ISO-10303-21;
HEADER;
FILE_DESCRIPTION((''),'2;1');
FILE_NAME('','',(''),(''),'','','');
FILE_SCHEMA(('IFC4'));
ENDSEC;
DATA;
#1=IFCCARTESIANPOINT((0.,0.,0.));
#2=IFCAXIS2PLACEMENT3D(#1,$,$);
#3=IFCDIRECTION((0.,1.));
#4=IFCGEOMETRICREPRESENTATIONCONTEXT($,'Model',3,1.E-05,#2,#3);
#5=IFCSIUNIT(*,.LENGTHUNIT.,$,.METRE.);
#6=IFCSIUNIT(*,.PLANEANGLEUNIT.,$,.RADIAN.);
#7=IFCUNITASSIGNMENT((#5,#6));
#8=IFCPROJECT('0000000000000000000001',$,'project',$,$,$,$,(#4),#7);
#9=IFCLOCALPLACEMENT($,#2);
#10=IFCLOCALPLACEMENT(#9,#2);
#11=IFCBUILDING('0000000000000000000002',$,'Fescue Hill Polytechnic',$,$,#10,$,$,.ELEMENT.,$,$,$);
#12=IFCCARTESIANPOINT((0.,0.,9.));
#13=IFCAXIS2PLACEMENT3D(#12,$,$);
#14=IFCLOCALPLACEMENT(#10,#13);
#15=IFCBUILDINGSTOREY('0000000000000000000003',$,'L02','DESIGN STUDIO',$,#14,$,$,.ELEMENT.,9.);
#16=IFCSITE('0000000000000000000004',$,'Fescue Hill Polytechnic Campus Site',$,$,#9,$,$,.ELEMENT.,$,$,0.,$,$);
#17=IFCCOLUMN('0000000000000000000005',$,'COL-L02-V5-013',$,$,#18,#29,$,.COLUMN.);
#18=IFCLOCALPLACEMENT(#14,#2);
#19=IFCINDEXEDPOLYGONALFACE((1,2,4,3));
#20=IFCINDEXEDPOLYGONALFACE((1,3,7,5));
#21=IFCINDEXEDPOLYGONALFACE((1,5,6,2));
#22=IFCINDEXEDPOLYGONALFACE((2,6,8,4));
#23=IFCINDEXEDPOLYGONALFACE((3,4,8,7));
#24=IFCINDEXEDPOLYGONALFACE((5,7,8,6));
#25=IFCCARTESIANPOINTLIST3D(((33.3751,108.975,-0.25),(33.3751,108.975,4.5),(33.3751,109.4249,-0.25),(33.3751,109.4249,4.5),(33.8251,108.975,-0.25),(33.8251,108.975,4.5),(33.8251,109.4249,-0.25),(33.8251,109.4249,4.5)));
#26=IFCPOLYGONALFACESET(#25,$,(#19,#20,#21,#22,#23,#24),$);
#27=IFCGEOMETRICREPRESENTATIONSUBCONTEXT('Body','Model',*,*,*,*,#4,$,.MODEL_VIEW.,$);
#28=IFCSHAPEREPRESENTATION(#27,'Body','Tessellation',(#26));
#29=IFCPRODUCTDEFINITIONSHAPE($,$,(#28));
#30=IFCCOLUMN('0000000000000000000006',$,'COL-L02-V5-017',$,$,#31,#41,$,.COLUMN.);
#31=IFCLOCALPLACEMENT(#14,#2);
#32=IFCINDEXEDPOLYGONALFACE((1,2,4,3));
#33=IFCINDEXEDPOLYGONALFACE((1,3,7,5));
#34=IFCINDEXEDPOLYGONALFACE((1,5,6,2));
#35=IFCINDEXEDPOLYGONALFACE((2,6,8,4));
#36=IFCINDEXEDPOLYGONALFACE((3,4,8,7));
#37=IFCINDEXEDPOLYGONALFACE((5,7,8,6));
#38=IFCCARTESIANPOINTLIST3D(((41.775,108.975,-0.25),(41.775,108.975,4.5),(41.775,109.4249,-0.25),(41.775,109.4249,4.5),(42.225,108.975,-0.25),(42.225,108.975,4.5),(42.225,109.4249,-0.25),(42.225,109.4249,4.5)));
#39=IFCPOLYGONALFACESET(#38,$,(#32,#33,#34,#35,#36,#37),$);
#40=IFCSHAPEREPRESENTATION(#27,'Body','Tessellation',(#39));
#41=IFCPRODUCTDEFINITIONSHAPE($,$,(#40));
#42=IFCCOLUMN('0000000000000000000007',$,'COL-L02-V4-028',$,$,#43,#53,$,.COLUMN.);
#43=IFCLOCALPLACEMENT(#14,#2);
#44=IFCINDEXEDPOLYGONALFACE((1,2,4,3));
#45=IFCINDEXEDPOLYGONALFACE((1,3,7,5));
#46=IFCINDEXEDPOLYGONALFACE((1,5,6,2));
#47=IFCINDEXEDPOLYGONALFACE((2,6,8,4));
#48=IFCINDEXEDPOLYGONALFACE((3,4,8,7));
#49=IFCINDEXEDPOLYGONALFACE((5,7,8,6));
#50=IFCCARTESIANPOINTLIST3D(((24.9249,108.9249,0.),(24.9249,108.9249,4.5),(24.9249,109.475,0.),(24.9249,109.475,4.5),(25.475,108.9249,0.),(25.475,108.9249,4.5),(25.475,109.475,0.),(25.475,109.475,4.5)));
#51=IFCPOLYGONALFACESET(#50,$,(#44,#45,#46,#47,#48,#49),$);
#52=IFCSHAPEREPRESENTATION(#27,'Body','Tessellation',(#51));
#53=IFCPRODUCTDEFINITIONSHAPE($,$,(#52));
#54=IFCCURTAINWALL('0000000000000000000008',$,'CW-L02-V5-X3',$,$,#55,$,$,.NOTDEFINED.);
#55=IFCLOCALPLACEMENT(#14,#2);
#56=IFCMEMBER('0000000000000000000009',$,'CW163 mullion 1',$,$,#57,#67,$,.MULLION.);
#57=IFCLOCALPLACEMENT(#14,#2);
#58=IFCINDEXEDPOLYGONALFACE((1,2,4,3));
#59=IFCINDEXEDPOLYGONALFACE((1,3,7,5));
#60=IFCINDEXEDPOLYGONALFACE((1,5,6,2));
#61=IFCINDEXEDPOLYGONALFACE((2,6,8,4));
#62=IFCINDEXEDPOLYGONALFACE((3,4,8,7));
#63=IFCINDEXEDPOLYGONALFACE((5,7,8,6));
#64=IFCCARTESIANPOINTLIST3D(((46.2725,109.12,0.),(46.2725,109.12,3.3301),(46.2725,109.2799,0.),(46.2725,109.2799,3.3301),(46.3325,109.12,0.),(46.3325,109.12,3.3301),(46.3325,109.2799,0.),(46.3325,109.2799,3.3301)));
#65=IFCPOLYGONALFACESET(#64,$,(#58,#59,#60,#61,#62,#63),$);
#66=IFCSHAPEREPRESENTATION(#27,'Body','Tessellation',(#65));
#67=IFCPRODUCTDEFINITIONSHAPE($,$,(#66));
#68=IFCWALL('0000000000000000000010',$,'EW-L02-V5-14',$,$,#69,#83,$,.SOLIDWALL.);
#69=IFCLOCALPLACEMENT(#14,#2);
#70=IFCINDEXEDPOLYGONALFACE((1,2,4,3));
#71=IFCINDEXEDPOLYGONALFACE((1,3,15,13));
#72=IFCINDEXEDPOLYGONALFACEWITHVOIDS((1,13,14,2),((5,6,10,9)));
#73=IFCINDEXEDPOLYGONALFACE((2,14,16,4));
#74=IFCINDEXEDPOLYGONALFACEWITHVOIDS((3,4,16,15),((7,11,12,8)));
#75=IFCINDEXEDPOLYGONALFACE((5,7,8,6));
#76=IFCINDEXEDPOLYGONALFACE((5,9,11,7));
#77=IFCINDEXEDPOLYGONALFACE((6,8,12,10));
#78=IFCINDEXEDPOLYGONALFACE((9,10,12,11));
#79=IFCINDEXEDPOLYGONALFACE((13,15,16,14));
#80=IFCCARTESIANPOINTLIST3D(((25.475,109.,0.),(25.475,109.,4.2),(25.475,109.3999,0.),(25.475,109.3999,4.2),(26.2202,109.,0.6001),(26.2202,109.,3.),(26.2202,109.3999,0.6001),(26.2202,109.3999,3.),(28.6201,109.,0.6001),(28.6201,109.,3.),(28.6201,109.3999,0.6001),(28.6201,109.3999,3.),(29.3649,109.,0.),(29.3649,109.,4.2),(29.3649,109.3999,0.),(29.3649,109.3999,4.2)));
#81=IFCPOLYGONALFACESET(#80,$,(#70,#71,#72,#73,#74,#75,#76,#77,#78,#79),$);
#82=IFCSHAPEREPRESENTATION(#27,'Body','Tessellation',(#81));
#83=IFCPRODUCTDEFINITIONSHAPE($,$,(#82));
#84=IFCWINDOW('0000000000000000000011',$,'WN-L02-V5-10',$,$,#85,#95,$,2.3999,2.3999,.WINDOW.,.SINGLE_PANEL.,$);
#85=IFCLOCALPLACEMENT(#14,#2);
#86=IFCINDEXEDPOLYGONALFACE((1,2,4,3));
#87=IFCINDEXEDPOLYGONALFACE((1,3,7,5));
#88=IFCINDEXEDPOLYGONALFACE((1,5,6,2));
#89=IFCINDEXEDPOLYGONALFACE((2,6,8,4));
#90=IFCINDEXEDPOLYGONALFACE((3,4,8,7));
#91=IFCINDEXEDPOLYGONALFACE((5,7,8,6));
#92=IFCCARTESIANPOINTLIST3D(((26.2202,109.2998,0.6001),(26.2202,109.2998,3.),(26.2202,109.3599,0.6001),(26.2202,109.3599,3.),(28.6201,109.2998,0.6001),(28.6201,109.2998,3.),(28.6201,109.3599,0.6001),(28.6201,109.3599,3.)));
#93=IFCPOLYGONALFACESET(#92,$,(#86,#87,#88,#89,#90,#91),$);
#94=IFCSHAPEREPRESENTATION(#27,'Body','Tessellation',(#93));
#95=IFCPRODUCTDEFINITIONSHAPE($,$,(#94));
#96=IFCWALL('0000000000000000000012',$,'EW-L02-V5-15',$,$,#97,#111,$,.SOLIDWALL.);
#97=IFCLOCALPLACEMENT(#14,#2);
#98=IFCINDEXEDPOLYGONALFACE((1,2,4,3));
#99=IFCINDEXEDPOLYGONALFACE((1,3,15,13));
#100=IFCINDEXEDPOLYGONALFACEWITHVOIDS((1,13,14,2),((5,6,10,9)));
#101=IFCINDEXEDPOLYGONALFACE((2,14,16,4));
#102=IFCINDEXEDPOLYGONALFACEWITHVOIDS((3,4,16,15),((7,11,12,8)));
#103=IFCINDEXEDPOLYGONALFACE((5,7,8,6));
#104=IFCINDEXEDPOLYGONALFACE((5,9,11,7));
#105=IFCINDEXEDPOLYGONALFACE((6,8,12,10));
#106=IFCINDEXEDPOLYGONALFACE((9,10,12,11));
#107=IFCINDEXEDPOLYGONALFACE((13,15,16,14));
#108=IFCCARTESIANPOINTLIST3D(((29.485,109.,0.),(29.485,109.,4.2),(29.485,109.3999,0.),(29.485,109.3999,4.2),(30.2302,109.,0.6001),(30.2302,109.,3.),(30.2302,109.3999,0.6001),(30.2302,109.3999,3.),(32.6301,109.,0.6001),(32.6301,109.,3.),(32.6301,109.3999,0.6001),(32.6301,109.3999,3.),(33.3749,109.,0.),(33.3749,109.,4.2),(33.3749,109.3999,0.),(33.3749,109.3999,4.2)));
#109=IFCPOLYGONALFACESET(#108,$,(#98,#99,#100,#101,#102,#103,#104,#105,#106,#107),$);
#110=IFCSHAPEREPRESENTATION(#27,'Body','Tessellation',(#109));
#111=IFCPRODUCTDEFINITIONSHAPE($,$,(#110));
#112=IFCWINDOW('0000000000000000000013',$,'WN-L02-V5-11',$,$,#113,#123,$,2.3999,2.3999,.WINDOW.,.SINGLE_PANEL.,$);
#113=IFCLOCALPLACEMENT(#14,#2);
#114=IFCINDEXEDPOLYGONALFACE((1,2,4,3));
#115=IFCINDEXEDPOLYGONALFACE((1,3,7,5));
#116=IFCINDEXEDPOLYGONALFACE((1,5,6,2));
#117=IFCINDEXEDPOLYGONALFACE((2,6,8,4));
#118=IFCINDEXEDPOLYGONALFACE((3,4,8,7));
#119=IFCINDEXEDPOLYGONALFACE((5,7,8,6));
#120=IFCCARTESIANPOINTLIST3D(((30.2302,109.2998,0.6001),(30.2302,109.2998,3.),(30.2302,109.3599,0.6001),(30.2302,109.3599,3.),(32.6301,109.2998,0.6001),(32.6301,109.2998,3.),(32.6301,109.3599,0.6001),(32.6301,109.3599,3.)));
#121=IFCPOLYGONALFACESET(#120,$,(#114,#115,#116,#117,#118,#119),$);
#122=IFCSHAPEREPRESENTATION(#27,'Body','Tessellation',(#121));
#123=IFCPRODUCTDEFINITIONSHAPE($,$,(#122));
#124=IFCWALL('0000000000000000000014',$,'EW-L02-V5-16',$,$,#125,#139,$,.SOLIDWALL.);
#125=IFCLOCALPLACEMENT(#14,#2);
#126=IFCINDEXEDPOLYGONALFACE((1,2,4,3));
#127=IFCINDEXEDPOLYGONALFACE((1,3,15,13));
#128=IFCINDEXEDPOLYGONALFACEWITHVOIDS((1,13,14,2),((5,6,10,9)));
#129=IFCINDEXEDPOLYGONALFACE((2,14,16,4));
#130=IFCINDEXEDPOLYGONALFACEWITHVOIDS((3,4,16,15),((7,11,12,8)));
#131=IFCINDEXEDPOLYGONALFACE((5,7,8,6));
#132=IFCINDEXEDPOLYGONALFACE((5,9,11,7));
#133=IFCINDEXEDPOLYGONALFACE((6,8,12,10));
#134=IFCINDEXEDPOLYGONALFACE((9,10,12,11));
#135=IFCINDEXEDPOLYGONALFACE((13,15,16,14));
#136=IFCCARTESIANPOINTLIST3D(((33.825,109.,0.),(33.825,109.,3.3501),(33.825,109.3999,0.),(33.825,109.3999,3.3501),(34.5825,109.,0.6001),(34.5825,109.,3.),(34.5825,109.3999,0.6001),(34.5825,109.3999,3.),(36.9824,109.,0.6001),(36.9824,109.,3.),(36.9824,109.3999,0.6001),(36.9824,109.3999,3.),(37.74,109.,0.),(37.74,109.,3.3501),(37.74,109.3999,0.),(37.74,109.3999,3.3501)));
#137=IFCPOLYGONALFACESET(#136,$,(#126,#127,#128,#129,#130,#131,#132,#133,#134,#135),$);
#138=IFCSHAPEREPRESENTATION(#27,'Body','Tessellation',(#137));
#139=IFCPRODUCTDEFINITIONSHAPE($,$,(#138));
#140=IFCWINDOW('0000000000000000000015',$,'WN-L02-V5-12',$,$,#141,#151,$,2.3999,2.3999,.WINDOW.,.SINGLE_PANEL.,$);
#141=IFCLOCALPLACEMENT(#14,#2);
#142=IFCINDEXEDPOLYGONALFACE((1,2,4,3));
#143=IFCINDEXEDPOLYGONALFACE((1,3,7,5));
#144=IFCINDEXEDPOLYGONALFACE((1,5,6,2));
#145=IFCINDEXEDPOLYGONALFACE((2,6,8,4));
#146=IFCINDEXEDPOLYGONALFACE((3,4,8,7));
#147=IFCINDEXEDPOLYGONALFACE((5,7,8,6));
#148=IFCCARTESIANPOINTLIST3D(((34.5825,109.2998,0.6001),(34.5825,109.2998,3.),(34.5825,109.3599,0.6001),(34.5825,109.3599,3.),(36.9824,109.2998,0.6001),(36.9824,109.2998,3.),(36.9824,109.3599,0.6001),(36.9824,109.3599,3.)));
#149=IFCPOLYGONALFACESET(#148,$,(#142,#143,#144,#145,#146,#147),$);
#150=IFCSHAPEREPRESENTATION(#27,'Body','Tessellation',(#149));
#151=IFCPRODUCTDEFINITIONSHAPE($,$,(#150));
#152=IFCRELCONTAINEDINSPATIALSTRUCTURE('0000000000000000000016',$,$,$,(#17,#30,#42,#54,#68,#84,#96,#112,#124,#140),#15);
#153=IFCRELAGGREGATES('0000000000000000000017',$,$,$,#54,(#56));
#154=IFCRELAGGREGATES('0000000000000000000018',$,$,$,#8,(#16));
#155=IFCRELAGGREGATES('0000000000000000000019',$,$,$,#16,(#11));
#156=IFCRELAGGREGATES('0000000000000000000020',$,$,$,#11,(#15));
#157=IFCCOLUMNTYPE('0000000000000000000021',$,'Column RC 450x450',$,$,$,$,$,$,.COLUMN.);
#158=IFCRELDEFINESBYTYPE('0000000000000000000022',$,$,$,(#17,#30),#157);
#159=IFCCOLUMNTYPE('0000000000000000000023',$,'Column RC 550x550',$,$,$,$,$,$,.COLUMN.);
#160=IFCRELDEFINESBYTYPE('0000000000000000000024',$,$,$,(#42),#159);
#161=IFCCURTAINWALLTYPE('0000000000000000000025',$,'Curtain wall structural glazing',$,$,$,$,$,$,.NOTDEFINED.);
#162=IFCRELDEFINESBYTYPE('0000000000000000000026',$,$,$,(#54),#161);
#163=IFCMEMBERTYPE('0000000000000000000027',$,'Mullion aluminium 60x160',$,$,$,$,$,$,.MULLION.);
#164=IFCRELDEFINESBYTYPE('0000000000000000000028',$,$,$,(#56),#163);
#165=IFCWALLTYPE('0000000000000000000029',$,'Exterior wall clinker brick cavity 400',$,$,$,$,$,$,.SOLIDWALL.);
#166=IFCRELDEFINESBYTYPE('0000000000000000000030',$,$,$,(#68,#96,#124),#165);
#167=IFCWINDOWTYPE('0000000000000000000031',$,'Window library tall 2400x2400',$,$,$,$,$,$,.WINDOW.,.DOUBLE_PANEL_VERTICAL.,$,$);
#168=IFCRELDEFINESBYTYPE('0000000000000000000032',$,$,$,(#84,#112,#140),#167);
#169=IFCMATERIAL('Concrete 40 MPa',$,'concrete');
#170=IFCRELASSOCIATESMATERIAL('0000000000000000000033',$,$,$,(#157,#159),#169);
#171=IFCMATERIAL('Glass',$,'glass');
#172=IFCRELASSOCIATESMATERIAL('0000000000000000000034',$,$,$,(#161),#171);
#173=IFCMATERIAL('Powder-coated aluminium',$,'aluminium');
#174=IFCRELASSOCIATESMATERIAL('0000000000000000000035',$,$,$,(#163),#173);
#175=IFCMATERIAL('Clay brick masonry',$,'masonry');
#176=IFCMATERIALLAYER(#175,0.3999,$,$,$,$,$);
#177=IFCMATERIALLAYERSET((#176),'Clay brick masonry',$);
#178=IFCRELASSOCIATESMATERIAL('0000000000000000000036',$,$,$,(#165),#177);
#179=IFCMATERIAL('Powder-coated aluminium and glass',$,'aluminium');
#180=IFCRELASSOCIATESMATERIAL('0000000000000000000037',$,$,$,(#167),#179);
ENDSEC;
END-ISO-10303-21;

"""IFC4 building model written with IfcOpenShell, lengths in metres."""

from ifc_helpers import new_model, si_unit, direction, frame, frame_2d, origin, origin_2d, place, context, subcontext, project, spatial, rectangle, extrude, material, layer, layer_set, material_profile, profile_set, type_object, element, fill, aggregate, save


model = new_model("IFC4")

# Units and contexts
model_context = context("Model", 3, precision=1e-05, world=origin(), true_north=direction((0.0, 1.0)))
body_context = subcontext(model_context, "Body", "Model", "MODEL_VIEW")
ifc_project = project(units=[si_unit("LENGTHUNIT", "METRE"), si_unit("PLANEANGLEUNIT", "RADIAN")], contexts=[model_context])

# Site, building, storey
site_placement = place(None, origin())
site = spatial("IfcSite", under=ifc_project, at=site_placement, Name="Fescue Hill Polytechnic Campus Site", CompositionType="ELEMENT", RefElevation=0.0)
building_placement = place(site_placement, origin())
building = spatial("IfcBuilding", under=site, at=building_placement, Name="Fescue Hill Polytechnic", CompositionType="ELEMENT")
storey_placement = place(building_placement, frame((0.0, 0.0, 9.0)))
storey = spatial("IfcBuildingStorey", under=building, at=storey_placement, Name="L02", Description="DESIGN STUDIO", CompositionType="ELEMENT", Elevation=9.0)

# Columns
ifc_material_1 = material(Name="Concrete 40 MPa", Category="concrete")
ifc_material_profile_1 = material_profile(ifc_material_1, rectangle(XDim=0.45, YDim=0.45, at=origin_2d()), Name="RC 450x450")
ifc_profile_set_1 = profile_set([ifc_material_profile_1], Name="Concrete 40 MPa")
column_type_1 = type_object("IfcColumnType", Name="Column RC 450x450", PredefinedType="COLUMN", material=ifc_profile_set_1)
for number, where, z_axis, x_axis, name in (
    (1, (33.6001, 109.2, -0.25), (0.0, 0.0, 1.0), (1.0, 0.0, 0.0), "COL-L02-V5-013"),
    (2, (42.0, 109.2, -0.25), (0.0, 0.0, 1.0), (1.0, 0.0, 0.0), "COL-L02-V5-017"),
):
    element("IfcColumn", number, at=place(storey_placement, frame(where, z_axis=z_axis, x_axis=x_axis)), inside=storey, type_object=column_type_1, Name=name, PredefinedType="COLUMN", context=body_context, shape_type="SweptSolid", body=[
        extrude(rectangle(XDim=0.45, YDim=0.45, at=origin_2d()), origin(), (0.0, 0.0, 1.0), 4.75),
    ])
ifc_material_profile_2 = material_profile(ifc_material_1, rectangle(XDim=0.55, YDim=0.55, at=origin_2d()), Name="RC 550x550")
ifc_profile_set_2 = profile_set([ifc_material_profile_2], Name="Concrete 40 MPa")
column_type_2 = type_object("IfcColumnType", Name="Column RC 550x550", PredefinedType="COLUMN", material=ifc_profile_set_2)
column_placement = place(storey_placement, frame((25.2, 109.2, 0.0), z_axis=(0.0, 0.0, 1.0), x_axis=(1.0, 0.0, 0.0)))
element("IfcColumn", 3, at=column_placement, inside=storey, type_object=column_type_2, Name="COL-L02-V4-028", PredefinedType="COLUMN", context=body_context, shape_type="SweptSolid", body=[
    extrude(rectangle(XDim=0.55, YDim=0.55, at=origin_2d()), origin(), (0.0, 0.0, 1.0), 4.5),
])

# Curtain wall, member
ifc_material_2 = material(Name="Glass", Category="glass")
curtain_wall_type = type_object("IfcCurtainWallType", Name="Curtain wall structural glazing", PredefinedType="NOTDEFINED", material=ifc_material_2)
curtain_wall_placement = place(storey_placement, origin())
curtain_wall = element("IfcCurtainWall", 4, at=curtain_wall_placement, inside=storey, type_object=curtain_wall_type, Name="CW-L02-V5-X3", PredefinedType="NOTDEFINED")
ifc_material_3 = material(Name="Powder-coated aluminium", Category="aluminium")
ifc_material_profile_3 = material_profile(ifc_material_3, rectangle(XDim=0.1599, YDim=0.0601, at=origin_2d()), Name="Mullion aluminium 60x160")
ifc_profile_set_3 = profile_set([ifc_material_profile_3], Name="Powder-coated aluminium")
member_type = type_object("IfcMemberType", Name="Mullion aluminium 60x160", PredefinedType="MULLION", material=ifc_profile_set_3)
member_placement = place(storey_placement, frame((46.3025, 109.2, 0.0), z_axis=(0.0, 0.0, 1.0), x_axis=(0.0, 1.0, 0.0)))
member = element("IfcMember", 5, at=member_placement, type_object=member_type, Name="CW163 mullion 1", PredefinedType="MULLION", context=body_context, shape_type="SweptSolid", body=[
    extrude(rectangle(XDim=0.1599, YDim=0.0601, at=origin_2d()), origin(), (0.0, 0.0, 1.0), 3.3301),
])
aggregate(curtain_wall, [member])

# Walls, openings, windows
ifc_material_4 = material(Name="Clay brick masonry", Category="masonry")
ifc_layer_1 = layer(ifc_material_4, 0.3999)
ifc_layer_set_1 = layer_set([ifc_layer_1], Name="Clay brick masonry")
wall_type_1 = type_object("IfcWallType", Name="Exterior wall clinker brick cavity 400", PredefinedType="SOLIDWALL", material=ifc_layer_set_1)
wall_1_placement = place(storey_placement, frame((25.4751, 109.2, 0.0), z_axis=(0.0, 0.0, 1.0), x_axis=(1.0, 0.0, 0.0)))
wall_1 = element("IfcWall", 6, at=wall_1_placement, inside=storey, type_object=wall_type_1, Name="EW-L02-V5-14", PredefinedType="SOLIDWALL", context=body_context, shape_type="SweptSolid", body=[
    extrude(rectangle(XDim=3.8899, YDim=0.3999, at=frame_2d((1.9448, 0.0))), origin(), (0.0, 0.0, 1.0), 4.2),
])
opening_1_placement = place(wall_1_placement, frame((0.7451, 0.0, 0.6001)))
opening_1 = element("IfcOpeningElement", 7, at=opening_1_placement, cuts=wall_1, PredefinedType="OPENING", context=body_context, shape_type="SweptSolid", body=[
    extrude(rectangle(XDim=2.3999, YDim=2.3999, at=frame_2d((1.2, 1.2))), frame((0.0, 0.21, 0.0), z_axis=(0.0, -1.0, 0.0), x_axis=(1.0, 0.0, 0.0)), (0.0, 0.0, 1.0), 0.4199),
])
ifc_material_5 = material(Name="Powder-coated aluminium and glass", Category="aluminium")
window_type_1 = type_object("IfcWindowType", Name="Window library tall 2400x2400", PartitioningType="DOUBLE_PANEL_VERTICAL", PredefinedType="WINDOW", material=ifc_material_5)
window_1_placement = place(opening_1_placement, origin())
window_1 = element("IfcWindow", 8, at=window_1_placement, inside=storey, type_object=window_type_1, Name="WN-L02-V5-10", OverallHeight=2.3999, OverallWidth=2.3999, PartitioningType="SINGLE_PANEL", PredefinedType="WINDOW", context=body_context, shape_type="SweptSolid", body=[
    extrude(rectangle(XDim=2.3999, YDim=2.3999, at=frame_2d((1.2, 1.2))), frame((0.0, 0.1599, 0.0), z_axis=(0.0, -1.0, 0.0), x_axis=(1.0, 0.0, 0.0)), (0.0, 0.0, 1.0), 0.0601),
])
fill(opening_1, window_1)
wall_2_placement = place(storey_placement, frame((29.4851, 109.2, 0.0), z_axis=(0.0, 0.0, 1.0), x_axis=(1.0, 0.0, 0.0)))
wall_2 = element("IfcWall", 9, at=wall_2_placement, inside=storey, type_object=wall_type_1, Name="EW-L02-V5-15", PredefinedType="SOLIDWALL", context=body_context, shape_type="SweptSolid", body=[
    extrude(rectangle(XDim=3.8899, YDim=0.3999, at=frame_2d((1.9448, 0.0))), origin(), (0.0, 0.0, 1.0), 4.2),
])
opening_2_placement = place(wall_2_placement, frame((0.7451, 0.0, 0.6001)))
opening_2 = element("IfcOpeningElement", 10, at=opening_2_placement, cuts=wall_2, PredefinedType="OPENING", context=body_context, shape_type="SweptSolid", body=[
    extrude(rectangle(XDim=2.3999, YDim=2.3999, at=frame_2d((1.2, 1.2))), frame((0.0, 0.21, 0.0), z_axis=(0.0, -1.0, 0.0), x_axis=(1.0, 0.0, 0.0)), (0.0, 0.0, 1.0), 0.4199),
])
window_2_placement = place(opening_2_placement, origin())
window_2 = element("IfcWindow", 11, at=window_2_placement, inside=storey, type_object=window_type_1, Name="WN-L02-V5-11", OverallHeight=2.3999, OverallWidth=2.3999, PartitioningType="SINGLE_PANEL", PredefinedType="WINDOW", context=body_context, shape_type="SweptSolid", body=[
    extrude(rectangle(XDim=2.3999, YDim=2.3999, at=frame_2d((1.2, 1.2))), frame((0.0, 0.1599, 0.0), z_axis=(0.0, -1.0, 0.0), x_axis=(1.0, 0.0, 0.0)), (0.0, 0.0, 1.0), 0.0601),
])
fill(opening_2, window_2)
wall_3_placement = place(storey_placement, frame((33.825, 109.2, 0.0), z_axis=(0.0, 0.0, 1.0), x_axis=(1.0, 0.0, 0.0)))
wall_3 = element("IfcWall", 12, at=wall_3_placement, inside=storey, type_object=wall_type_1, Name="EW-L02-V5-16", PredefinedType="SOLIDWALL", context=body_context, shape_type="SweptSolid", body=[
    extrude(rectangle(XDim=3.915, YDim=0.3999, at=frame_2d((1.9575, 0.0))), origin(), (0.0, 0.0, 1.0), 3.3501),
])
opening_3_placement = place(wall_3_placement, frame((0.7576, 0.0, 0.6001)))
opening_3 = element("IfcOpeningElement", 13, at=opening_3_placement, cuts=wall_3, PredefinedType="OPENING", context=body_context, shape_type="SweptSolid", body=[
    extrude(rectangle(XDim=2.3999, YDim=2.3999, at=frame_2d((1.2, 1.2))), frame((0.0, 0.21, 0.0), z_axis=(0.0, -1.0, 0.0), x_axis=(1.0, 0.0, 0.0)), (0.0, 0.0, 1.0), 0.4199),
])
window_3_placement = place(opening_3_placement, origin())
window_3 = element("IfcWindow", 14, at=window_3_placement, inside=storey, type_object=window_type_1, Name="WN-L02-V5-12", OverallHeight=2.3999, OverallWidth=2.3999, PartitioningType="SINGLE_PANEL", PredefinedType="WINDOW", context=body_context, shape_type="SweptSolid", body=[
    extrude(rectangle(XDim=2.3999, YDim=2.3999, at=frame_2d((1.2, 1.2))), frame((0.0, 0.1599, 0.0), z_axis=(0.0, -1.0, 0.0), x_axis=(1.0, 0.0, 0.0)), (0.0, 0.0, 1.0), 0.0601),
])
fill(opening_3, window_3)

save(model, "model.ifc")
